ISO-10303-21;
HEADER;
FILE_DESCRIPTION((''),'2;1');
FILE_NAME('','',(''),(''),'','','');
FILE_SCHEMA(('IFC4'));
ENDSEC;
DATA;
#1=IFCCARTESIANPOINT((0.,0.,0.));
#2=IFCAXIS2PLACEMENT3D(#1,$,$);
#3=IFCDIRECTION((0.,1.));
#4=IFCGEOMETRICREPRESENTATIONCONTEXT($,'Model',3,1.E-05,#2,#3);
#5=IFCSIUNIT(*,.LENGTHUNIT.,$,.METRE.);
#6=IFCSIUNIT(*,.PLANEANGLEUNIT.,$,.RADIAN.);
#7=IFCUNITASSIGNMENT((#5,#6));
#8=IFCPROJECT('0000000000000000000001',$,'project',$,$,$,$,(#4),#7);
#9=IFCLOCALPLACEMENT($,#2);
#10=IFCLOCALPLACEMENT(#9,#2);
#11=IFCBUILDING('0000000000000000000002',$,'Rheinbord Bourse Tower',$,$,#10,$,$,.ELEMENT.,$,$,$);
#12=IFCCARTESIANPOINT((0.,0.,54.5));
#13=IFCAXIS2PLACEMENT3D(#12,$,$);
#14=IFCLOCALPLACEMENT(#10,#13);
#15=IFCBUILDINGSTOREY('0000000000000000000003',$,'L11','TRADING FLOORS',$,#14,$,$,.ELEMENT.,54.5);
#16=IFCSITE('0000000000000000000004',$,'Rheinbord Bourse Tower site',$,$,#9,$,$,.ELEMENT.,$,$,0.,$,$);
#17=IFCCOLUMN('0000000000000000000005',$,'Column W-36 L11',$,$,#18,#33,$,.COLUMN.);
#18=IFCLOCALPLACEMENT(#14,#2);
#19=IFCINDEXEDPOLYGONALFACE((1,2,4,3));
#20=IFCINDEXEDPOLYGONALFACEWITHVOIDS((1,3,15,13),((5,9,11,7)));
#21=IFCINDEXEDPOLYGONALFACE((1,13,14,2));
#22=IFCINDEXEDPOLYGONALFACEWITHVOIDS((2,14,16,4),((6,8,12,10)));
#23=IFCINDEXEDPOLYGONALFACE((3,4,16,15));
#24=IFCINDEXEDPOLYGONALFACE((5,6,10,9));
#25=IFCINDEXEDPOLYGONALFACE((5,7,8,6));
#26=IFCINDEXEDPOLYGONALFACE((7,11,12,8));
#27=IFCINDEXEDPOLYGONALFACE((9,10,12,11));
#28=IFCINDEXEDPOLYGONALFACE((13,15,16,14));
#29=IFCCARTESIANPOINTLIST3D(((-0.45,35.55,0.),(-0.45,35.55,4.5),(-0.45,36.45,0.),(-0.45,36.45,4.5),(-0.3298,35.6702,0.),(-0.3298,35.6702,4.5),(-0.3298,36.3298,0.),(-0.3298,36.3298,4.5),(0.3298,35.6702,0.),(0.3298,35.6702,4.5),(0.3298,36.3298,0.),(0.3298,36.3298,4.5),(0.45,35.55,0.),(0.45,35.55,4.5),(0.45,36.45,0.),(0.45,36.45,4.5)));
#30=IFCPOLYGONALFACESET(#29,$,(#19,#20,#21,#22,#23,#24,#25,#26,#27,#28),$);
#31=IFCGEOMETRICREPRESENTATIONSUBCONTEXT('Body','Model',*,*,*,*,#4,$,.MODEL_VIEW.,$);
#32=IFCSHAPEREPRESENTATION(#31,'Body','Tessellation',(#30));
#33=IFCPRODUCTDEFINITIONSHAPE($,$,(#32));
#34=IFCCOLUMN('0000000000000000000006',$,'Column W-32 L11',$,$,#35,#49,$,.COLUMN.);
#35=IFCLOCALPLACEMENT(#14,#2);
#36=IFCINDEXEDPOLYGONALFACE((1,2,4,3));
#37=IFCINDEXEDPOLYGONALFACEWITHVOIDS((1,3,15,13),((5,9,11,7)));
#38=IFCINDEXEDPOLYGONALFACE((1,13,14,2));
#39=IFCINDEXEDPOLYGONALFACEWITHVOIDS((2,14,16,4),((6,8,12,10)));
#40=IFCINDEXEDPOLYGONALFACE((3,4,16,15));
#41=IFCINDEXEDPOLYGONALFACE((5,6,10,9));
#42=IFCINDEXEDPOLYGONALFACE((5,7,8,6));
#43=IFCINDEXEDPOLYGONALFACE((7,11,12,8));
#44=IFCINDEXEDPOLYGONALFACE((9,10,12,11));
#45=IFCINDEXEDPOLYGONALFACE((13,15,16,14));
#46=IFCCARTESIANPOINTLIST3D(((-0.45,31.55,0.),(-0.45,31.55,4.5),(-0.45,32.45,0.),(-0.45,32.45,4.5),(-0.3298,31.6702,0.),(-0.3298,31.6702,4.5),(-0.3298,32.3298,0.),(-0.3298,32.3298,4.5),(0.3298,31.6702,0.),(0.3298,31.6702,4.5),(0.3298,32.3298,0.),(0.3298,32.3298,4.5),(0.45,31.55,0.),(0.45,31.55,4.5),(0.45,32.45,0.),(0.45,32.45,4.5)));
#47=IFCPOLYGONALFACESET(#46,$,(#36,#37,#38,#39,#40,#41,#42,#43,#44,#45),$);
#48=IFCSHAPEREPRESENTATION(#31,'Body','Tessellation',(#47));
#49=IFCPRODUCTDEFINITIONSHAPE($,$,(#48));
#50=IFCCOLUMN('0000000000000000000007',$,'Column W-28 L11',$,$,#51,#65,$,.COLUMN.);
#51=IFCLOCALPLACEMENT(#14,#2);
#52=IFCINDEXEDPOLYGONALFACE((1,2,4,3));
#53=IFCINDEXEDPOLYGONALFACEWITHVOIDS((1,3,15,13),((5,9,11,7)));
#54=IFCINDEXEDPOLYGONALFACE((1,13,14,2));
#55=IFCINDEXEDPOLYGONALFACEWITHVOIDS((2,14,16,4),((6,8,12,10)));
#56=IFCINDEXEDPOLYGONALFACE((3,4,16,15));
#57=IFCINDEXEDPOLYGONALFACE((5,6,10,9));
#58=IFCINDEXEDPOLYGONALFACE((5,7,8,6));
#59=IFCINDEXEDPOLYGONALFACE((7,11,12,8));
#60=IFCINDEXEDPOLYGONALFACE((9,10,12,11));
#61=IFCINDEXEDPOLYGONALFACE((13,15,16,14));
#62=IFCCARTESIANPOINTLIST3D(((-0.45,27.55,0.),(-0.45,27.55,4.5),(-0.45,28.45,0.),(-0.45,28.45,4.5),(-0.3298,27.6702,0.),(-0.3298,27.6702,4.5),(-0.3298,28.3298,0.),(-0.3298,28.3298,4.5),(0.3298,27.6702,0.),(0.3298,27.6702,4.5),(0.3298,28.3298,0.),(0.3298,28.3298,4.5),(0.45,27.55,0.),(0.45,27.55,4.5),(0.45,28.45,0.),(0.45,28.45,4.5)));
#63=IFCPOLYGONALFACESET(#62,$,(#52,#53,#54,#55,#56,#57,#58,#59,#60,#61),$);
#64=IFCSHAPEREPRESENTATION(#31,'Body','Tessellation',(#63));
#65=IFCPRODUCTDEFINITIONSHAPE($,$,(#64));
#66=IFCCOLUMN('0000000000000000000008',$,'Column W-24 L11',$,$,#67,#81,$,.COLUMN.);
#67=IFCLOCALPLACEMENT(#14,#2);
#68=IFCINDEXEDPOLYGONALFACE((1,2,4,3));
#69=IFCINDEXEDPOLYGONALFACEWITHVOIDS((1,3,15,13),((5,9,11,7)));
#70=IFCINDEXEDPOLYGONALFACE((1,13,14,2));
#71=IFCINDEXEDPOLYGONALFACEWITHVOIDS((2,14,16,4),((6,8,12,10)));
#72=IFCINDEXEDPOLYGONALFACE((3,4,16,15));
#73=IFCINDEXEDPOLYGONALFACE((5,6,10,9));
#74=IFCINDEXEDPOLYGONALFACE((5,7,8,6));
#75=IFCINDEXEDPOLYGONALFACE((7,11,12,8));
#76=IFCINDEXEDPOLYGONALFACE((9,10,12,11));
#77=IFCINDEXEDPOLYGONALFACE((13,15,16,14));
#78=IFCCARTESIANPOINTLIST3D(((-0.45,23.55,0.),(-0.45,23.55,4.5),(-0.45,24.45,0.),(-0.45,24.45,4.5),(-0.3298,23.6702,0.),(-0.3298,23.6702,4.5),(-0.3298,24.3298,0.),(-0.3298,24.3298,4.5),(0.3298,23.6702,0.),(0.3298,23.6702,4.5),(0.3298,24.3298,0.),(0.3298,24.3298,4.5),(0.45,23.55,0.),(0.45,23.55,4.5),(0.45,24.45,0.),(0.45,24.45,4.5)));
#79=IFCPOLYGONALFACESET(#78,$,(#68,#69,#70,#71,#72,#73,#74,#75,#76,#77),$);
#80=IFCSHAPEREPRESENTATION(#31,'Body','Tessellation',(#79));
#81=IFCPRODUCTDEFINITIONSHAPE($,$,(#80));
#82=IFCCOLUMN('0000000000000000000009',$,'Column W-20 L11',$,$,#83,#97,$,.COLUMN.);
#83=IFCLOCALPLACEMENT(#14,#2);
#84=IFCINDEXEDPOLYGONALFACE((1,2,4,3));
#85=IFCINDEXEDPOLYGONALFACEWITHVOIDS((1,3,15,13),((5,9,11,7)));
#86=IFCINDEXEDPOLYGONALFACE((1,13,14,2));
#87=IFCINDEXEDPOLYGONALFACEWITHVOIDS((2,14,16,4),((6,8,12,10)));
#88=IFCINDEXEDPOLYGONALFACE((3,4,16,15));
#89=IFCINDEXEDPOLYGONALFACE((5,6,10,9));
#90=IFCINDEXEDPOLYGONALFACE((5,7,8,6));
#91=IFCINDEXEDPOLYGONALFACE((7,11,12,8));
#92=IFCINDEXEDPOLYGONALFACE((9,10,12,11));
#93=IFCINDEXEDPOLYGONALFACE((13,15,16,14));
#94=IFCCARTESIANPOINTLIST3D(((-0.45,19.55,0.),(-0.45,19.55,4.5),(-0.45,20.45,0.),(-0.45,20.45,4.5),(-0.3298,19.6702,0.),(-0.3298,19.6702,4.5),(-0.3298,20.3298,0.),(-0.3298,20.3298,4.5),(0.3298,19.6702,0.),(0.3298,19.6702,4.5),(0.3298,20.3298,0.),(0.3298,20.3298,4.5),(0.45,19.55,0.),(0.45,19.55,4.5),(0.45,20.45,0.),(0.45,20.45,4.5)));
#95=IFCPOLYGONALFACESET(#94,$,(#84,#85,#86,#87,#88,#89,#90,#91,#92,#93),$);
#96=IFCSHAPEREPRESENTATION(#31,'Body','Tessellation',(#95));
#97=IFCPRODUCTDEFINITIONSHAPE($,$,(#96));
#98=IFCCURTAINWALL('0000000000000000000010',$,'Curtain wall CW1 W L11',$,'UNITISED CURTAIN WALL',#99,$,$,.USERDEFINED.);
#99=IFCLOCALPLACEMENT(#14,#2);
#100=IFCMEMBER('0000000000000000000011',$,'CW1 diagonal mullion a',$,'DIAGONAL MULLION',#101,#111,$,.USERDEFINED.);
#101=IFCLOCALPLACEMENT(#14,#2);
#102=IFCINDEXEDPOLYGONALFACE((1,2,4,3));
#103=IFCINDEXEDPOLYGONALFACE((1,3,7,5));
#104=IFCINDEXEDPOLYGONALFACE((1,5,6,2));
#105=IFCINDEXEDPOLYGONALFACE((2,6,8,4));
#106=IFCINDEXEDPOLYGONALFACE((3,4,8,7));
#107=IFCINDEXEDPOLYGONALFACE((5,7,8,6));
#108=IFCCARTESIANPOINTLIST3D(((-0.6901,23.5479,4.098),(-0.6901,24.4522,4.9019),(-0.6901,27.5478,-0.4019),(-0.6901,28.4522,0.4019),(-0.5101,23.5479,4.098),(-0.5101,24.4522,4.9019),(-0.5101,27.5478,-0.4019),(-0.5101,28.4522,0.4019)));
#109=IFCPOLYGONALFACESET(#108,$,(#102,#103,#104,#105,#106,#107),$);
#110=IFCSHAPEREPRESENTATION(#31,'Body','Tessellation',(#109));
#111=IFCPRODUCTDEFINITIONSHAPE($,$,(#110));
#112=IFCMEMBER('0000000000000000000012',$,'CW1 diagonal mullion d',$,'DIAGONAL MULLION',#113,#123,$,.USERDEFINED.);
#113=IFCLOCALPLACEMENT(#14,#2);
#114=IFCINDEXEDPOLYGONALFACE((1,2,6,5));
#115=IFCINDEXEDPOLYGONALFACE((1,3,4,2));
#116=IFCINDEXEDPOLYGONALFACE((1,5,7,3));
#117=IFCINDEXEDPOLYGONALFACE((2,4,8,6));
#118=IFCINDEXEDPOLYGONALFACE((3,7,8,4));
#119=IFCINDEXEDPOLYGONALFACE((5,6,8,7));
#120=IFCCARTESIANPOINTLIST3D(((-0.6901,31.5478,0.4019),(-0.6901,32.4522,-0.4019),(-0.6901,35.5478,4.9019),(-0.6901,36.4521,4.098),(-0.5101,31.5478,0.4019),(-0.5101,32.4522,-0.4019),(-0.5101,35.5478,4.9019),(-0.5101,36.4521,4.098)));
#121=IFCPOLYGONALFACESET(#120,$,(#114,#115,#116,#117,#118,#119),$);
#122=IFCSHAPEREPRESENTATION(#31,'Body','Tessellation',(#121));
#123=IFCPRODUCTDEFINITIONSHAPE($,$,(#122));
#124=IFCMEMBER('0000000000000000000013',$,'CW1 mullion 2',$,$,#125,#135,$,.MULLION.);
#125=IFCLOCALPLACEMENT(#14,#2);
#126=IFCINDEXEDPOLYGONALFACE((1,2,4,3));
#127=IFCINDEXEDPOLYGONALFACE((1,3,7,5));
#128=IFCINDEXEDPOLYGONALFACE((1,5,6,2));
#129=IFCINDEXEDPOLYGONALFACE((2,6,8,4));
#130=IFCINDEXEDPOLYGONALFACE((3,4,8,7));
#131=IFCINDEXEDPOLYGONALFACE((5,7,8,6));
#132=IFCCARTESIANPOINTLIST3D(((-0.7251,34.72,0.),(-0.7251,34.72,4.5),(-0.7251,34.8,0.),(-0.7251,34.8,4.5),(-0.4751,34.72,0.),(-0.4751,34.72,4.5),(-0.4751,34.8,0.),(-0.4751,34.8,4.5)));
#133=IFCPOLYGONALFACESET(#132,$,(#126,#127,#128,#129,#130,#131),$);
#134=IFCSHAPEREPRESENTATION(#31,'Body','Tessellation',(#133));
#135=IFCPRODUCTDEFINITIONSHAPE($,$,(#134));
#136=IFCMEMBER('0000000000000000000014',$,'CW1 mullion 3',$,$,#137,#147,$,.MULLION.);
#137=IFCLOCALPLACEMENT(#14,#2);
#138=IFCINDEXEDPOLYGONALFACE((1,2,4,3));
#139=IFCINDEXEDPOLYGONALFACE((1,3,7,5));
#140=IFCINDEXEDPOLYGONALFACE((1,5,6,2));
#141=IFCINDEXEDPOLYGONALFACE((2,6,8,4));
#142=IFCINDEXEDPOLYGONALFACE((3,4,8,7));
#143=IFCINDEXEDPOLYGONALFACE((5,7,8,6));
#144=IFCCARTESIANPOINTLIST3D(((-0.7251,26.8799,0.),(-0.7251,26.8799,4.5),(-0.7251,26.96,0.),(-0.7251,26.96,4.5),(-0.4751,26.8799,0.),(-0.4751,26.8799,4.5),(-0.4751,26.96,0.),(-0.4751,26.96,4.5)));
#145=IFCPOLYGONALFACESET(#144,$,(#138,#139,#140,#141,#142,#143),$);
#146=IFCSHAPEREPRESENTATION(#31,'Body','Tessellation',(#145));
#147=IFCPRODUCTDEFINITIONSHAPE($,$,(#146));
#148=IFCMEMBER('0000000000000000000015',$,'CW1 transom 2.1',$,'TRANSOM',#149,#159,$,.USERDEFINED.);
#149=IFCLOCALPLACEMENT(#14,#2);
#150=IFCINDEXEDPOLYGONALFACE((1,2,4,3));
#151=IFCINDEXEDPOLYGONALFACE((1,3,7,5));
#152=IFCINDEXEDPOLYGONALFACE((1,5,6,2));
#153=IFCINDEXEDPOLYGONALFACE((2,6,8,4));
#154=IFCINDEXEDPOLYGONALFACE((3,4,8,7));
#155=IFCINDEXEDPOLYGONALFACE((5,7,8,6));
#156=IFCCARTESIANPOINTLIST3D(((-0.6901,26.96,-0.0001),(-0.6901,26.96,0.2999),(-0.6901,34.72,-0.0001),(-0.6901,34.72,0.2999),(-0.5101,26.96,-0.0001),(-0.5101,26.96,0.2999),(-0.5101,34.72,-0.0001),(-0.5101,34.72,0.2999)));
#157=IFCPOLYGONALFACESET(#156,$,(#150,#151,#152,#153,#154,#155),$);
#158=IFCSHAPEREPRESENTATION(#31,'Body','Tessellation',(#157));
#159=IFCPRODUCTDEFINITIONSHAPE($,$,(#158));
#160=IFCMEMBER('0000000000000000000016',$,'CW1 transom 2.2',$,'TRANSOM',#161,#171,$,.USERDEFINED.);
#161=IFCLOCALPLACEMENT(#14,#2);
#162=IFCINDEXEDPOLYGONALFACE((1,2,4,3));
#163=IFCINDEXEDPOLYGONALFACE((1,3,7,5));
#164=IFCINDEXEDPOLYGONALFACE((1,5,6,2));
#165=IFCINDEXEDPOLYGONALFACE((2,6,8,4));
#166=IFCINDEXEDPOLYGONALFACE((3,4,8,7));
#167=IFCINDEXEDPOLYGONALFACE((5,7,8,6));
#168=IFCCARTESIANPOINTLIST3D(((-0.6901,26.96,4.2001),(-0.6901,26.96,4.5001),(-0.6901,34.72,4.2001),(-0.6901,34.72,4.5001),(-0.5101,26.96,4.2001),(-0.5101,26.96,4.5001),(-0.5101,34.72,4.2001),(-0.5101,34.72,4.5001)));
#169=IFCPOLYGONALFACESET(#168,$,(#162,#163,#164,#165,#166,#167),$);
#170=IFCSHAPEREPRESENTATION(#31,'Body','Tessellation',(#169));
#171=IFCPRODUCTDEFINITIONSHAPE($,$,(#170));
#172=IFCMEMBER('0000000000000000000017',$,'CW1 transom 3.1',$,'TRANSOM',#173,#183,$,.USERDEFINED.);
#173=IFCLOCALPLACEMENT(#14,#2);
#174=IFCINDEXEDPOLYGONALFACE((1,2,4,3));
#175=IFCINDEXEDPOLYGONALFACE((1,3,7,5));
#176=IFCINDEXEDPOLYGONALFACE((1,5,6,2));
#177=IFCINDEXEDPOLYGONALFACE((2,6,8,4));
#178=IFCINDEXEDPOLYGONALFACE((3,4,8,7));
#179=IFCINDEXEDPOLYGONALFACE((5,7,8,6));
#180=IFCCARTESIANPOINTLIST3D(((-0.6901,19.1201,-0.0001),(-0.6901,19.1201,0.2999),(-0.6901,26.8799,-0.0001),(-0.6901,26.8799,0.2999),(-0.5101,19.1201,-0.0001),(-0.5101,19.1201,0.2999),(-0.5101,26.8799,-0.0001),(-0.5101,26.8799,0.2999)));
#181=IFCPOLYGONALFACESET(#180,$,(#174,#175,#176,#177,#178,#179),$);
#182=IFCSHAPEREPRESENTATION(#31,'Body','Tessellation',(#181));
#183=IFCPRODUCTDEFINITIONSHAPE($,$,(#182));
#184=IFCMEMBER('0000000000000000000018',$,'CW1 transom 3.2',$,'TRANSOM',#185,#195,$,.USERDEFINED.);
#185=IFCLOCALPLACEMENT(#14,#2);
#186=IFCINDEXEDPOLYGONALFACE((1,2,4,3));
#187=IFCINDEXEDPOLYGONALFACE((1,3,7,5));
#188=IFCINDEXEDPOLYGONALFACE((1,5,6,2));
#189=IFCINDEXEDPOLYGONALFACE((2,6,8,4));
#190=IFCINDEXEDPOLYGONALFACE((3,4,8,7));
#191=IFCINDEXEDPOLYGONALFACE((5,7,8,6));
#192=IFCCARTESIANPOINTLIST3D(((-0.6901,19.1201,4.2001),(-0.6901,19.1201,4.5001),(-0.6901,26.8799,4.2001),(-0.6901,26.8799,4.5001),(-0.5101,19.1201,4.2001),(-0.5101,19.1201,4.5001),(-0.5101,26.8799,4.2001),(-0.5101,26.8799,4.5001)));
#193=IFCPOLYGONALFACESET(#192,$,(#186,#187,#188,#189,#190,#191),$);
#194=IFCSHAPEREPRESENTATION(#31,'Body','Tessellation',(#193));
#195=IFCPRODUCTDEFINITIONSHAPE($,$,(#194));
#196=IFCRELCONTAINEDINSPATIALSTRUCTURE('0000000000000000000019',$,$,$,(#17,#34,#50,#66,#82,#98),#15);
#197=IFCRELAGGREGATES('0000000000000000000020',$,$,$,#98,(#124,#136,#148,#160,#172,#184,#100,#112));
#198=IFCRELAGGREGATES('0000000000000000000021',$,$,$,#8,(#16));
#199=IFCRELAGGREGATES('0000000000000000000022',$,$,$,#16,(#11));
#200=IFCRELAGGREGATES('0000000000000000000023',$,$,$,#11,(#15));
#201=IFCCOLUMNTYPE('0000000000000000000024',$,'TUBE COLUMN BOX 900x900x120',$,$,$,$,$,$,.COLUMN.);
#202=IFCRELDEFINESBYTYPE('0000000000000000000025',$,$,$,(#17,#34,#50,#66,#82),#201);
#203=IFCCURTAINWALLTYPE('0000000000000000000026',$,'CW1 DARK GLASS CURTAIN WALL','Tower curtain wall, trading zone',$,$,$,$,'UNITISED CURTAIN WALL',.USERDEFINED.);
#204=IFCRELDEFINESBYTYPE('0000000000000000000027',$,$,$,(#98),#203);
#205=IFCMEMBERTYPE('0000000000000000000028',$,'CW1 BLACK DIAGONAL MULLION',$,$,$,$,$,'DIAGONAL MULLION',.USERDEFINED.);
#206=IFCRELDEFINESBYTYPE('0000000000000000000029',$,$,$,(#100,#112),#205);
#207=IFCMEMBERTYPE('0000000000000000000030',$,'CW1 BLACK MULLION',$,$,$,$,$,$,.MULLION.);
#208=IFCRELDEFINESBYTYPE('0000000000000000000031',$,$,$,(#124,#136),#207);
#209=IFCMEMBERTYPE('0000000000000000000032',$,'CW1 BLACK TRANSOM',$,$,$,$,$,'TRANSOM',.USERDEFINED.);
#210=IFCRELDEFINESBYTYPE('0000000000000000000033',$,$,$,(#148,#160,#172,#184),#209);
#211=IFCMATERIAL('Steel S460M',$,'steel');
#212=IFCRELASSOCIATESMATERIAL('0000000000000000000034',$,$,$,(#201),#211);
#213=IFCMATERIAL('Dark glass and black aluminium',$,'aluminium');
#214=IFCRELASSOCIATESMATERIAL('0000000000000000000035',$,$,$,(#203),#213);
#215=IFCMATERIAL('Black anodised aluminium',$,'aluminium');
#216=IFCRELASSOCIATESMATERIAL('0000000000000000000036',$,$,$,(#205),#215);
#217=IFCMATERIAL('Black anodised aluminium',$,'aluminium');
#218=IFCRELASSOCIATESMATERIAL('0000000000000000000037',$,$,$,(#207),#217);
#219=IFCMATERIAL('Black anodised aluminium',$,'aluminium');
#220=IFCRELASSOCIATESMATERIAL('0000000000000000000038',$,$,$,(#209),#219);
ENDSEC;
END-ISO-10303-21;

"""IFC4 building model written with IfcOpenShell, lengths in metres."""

from ifc_helpers import new_model, si_unit, direction, frame, origin, origin_2d, place, context, subcontext, project, spatial, rectangle, hollow_rectangle, extrude, material, material_profile, profile_set, type_object, element, aggregate, save


model = new_model("IFC4")

# Units and contexts
model_context = context("Model", 3, precision=1e-05, world=origin(), true_north=direction((0.0, 1.0)))
body_context = subcontext(model_context, "Body", "Model", "MODEL_VIEW")
ifc_project = project(units=[si_unit("LENGTHUNIT", "METRE"), si_unit("PLANEANGLEUNIT", "RADIAN")], contexts=[model_context])

# Site, building, storey
site_placement = place(None, origin())
site = spatial("IfcSite", under=ifc_project, at=site_placement, Name="Rheinbord Bourse Tower site", CompositionType="ELEMENT", RefElevation=0.0)
building_placement = place(site_placement, origin())
building = spatial("IfcBuilding", under=site, at=building_placement, Name="Rheinbord Bourse Tower", CompositionType="ELEMENT")
storey_placement = place(building_placement, frame((0.0, 0.0, 54.5)))
storey = spatial("IfcBuildingStorey", under=building, at=storey_placement, Name="L11", Description="TRADING FLOORS", CompositionType="ELEMENT", Elevation=54.5)

# Columns
ifc_material_1 = material(Name="Steel S460M", Category="steel")
ifc_material_profile_1 = material_profile(ifc_material_1, hollow_rectangle(XDim=0.8999, YDim=0.8999, WallThickness=0.1201, at=origin_2d()), Name="BOX 900x900x120")
ifc_profile_set_1 = profile_set([ifc_material_profile_1], Name="Steel S460M")
column_type = type_object("IfcColumnType", Name="TUBE COLUMN BOX 900x900x120", PredefinedType="COLUMN", material=ifc_profile_set_1)
for number, where, z_axis, x_axis, name in (
    (1, (0.0, 36.0, 0.0), (0.0, 0.0, 1.0), (1.0, 0.0, 0.0), "Column W-36 L11"),
    (2, (0.0, 32.0, 0.0), (0.0, 0.0, 1.0), (1.0, 0.0, 0.0), "Column W-32 L11"),
    (3, (0.0, 28.0, 0.0), (0.0, 0.0, 1.0), (1.0, 0.0, 0.0), "Column W-28 L11"),
    (4, (0.0, 24.0, 0.0), (0.0, 0.0, 1.0), (1.0, 0.0, 0.0), "Column W-24 L11"),
    (5, (0.0, 20.0, 0.0), (0.0, 0.0, 1.0), (1.0, 0.0, 0.0), "Column W-20 L11"),
):
    element("IfcColumn", number, at=place(storey_placement, frame(where, z_axis=z_axis, x_axis=x_axis)), inside=storey, type_object=column_type, Name=name, PredefinedType="COLUMN", context=body_context, shape_type="SweptSolid", body=[
        extrude(hollow_rectangle(XDim=0.8999, YDim=0.8999, WallThickness=0.1201, at=origin_2d()), origin(), (0.0, 0.0, 1.0), 4.5),
    ])

# Curtain wall, members
ifc_material_2 = material(Name="Dark glass and black aluminium", Category="aluminium")
curtain_wall_type = type_object("IfcCurtainWallType", Name="CW1 DARK GLASS CURTAIN WALL", Description="Tower curtain wall, trading zone", ElementType="UNITISED CURTAIN WALL", PredefinedType="USERDEFINED", material=ifc_material_2)
curtain_wall_placement = place(storey_placement, origin())
curtain_wall = element("IfcCurtainWall", 6, at=curtain_wall_placement, inside=storey, type_object=curtain_wall_type, Name="Curtain wall CW1 W L11", ObjectType="UNITISED CURTAIN WALL", PredefinedType="USERDEFINED")
ifc_material_3 = material(Name="Black anodised aluminium", Category="aluminium")
ifc_material_profile_2 = material_profile(ifc_material_3, rectangle(XDim=0.1799, YDim=1.21, at=origin_2d()), Name="CW1 DIAGONAL MULLION 1210x180")
ifc_profile_set_2 = profile_set([ifc_material_profile_2], Name="Black anodised aluminium")
member_type_1 = type_object("IfcMemberType", Name="CW1 BLACK DIAGONAL MULLION", ElementType="DIAGONAL MULLION", PredefinedType="USERDEFINED", material=ifc_profile_set_2)
member_1_placement = place(storey_placement, frame((-0.6001, 28.0, 0.0), z_axis=(0.0, -0.664364, 0.747409), x_axis=(1.0, 0.0, 0.0)))
member_1 = element("IfcMember", 7, at=member_1_placement, type_object=member_type_1, Name="CW1 diagonal mullion a", ObjectType="DIAGONAL MULLION", PredefinedType="USERDEFINED", context=body_context, shape_type="SweptSolid", body=[
    extrude(rectangle(XDim=0.1799, YDim=1.21, at=origin_2d()), origin(), (0.0, 0.0, 1.0), 6.0208),
])
member_2_placement = place(storey_placement, frame((-0.6001, 32.0, 0.0), z_axis=(0.0, 0.664364, 0.747409), x_axis=(-1.0, 0.0, 0.0)))
member_2 = element("IfcMember", 8, at=member_2_placement, type_object=member_type_1, Name="CW1 diagonal mullion d", ObjectType="DIAGONAL MULLION", PredefinedType="USERDEFINED", context=body_context, shape_type="SweptSolid", body=[
    extrude(rectangle(XDim=0.1799, YDim=1.21, at=origin_2d()), origin(), (0.0, 0.0, 1.0), 6.0208),
])
ifc_material_4 = material(Name="Black anodised aluminium", Category="aluminium")
ifc_material_profile_3 = material_profile(ifc_material_4, rectangle(XDim=0.25, YDim=0.0801, at=origin_2d()), Name="CW1 MULLION 80x250")
ifc_profile_set_3 = profile_set([ifc_material_profile_3], Name="Black anodised aluminium")
member_type_2 = type_object("IfcMemberType", Name="CW1 BLACK MULLION", PredefinedType="MULLION", material=ifc_profile_set_3)
member_3_placement = place(storey_placement, frame((-0.6001, 34.76, 0.0), z_axis=(0.0, 0.0, 1.0), x_axis=(1.0, 0.0, 0.0)))
member_3 = element("IfcMember", 9, at=member_3_placement, type_object=member_type_2, Name="CW1 mullion 2", PredefinedType="MULLION", context=body_context, shape_type="SweptSolid", body=[
    extrude(rectangle(XDim=0.25, YDim=0.0801, at=origin_2d()), origin(), (0.0, 0.0, 1.0), 4.5),
])
member_4_placement = place(storey_placement, frame((-0.6001, 26.9199, 0.0), z_axis=(0.0, 0.0, 1.0), x_axis=(1.0, 0.0, 0.0)))
member_4 = element("IfcMember", 10, at=member_4_placement, type_object=member_type_2, Name="CW1 mullion 3", PredefinedType="MULLION", context=body_context, shape_type="SweptSolid", body=[
    extrude(rectangle(XDim=0.25, YDim=0.0801, at=origin_2d()), origin(), (0.0, 0.0, 1.0), 4.5),
])
ifc_material_5 = material(Name="Black anodised aluminium", Category="aluminium")
ifc_material_profile_4 = material_profile(ifc_material_5, rectangle(XDim=0.1799, YDim=0.3, at=origin_2d()), Name="CW1 TRANSOM 300x180")
ifc_profile_set_4 = profile_set([ifc_material_profile_4], Name="Black anodised aluminium")
member_type_3 = type_object("IfcMemberType", Name="CW1 BLACK TRANSOM", ElementType="TRANSOM", PredefinedType="USERDEFINED", material=ifc_profile_set_4)
member_5_placement = place(storey_placement, frame((-0.6001, 34.72, 0.1499), z_axis=(0.0, -1.0, 0.0), x_axis=(1.0, 0.0, 0.0)))
member_5 = element("IfcMember", 11, at=member_5_placement, type_object=member_type_3, Name="CW1 transom 2.1", ObjectType="TRANSOM", PredefinedType="USERDEFINED", context=body_context, shape_type="SweptSolid", body=[
    extrude(rectangle(XDim=0.1799, YDim=0.3, at=origin_2d()), origin(), (0.0, 0.0, 1.0), 7.76),
])
member_6_placement = place(storey_placement, frame((-0.6001, 34.72, 4.3501), z_axis=(0.0, -1.0, 0.0), x_axis=(1.0, 0.0, 0.0)))
member_6 = element("IfcMember", 12, at=member_6_placement, type_object=member_type_3, Name="CW1 transom 2.2", ObjectType="TRANSOM", PredefinedType="USERDEFINED", context=body_context, shape_type="SweptSolid", body=[
    extrude(rectangle(XDim=0.1799, YDim=0.3, at=origin_2d()), origin(), (0.0, 0.0, 1.0), 7.76),
])
member_7_placement = place(storey_placement, frame((-0.6001, 26.8799, 0.1499), z_axis=(0.0, -1.0, 0.0), x_axis=(1.0, 0.0, 0.0)))
member_7 = element("IfcMember", 13, at=member_7_placement, type_object=member_type_3, Name="CW1 transom 3.1", ObjectType="TRANSOM", PredefinedType="USERDEFINED", context=body_context, shape_type="SweptSolid", body=[
    extrude(rectangle(XDim=0.1799, YDim=0.3, at=origin_2d()), origin(), (0.0, 0.0, 1.0), 7.7598),
])
member_8_placement = place(storey_placement, frame((-0.6001, 26.8799, 4.3501), z_axis=(0.0, -1.0, 0.0), x_axis=(1.0, 0.0, 0.0)))
member_8 = element("IfcMember", 14, at=member_8_placement, type_object=member_type_3, Name="CW1 transom 3.2", ObjectType="TRANSOM", PredefinedType="USERDEFINED", context=body_context, shape_type="SweptSolid", body=[
    extrude(rectangle(XDim=0.1799, YDim=0.3, at=origin_2d()), origin(), (0.0, 0.0, 1.0), 7.7598),
])

aggregate(curtain_wall, [member_3, member_4, member_5, member_6, member_7, member_8, member_1, member_2])

save(model, "model.ifc")
